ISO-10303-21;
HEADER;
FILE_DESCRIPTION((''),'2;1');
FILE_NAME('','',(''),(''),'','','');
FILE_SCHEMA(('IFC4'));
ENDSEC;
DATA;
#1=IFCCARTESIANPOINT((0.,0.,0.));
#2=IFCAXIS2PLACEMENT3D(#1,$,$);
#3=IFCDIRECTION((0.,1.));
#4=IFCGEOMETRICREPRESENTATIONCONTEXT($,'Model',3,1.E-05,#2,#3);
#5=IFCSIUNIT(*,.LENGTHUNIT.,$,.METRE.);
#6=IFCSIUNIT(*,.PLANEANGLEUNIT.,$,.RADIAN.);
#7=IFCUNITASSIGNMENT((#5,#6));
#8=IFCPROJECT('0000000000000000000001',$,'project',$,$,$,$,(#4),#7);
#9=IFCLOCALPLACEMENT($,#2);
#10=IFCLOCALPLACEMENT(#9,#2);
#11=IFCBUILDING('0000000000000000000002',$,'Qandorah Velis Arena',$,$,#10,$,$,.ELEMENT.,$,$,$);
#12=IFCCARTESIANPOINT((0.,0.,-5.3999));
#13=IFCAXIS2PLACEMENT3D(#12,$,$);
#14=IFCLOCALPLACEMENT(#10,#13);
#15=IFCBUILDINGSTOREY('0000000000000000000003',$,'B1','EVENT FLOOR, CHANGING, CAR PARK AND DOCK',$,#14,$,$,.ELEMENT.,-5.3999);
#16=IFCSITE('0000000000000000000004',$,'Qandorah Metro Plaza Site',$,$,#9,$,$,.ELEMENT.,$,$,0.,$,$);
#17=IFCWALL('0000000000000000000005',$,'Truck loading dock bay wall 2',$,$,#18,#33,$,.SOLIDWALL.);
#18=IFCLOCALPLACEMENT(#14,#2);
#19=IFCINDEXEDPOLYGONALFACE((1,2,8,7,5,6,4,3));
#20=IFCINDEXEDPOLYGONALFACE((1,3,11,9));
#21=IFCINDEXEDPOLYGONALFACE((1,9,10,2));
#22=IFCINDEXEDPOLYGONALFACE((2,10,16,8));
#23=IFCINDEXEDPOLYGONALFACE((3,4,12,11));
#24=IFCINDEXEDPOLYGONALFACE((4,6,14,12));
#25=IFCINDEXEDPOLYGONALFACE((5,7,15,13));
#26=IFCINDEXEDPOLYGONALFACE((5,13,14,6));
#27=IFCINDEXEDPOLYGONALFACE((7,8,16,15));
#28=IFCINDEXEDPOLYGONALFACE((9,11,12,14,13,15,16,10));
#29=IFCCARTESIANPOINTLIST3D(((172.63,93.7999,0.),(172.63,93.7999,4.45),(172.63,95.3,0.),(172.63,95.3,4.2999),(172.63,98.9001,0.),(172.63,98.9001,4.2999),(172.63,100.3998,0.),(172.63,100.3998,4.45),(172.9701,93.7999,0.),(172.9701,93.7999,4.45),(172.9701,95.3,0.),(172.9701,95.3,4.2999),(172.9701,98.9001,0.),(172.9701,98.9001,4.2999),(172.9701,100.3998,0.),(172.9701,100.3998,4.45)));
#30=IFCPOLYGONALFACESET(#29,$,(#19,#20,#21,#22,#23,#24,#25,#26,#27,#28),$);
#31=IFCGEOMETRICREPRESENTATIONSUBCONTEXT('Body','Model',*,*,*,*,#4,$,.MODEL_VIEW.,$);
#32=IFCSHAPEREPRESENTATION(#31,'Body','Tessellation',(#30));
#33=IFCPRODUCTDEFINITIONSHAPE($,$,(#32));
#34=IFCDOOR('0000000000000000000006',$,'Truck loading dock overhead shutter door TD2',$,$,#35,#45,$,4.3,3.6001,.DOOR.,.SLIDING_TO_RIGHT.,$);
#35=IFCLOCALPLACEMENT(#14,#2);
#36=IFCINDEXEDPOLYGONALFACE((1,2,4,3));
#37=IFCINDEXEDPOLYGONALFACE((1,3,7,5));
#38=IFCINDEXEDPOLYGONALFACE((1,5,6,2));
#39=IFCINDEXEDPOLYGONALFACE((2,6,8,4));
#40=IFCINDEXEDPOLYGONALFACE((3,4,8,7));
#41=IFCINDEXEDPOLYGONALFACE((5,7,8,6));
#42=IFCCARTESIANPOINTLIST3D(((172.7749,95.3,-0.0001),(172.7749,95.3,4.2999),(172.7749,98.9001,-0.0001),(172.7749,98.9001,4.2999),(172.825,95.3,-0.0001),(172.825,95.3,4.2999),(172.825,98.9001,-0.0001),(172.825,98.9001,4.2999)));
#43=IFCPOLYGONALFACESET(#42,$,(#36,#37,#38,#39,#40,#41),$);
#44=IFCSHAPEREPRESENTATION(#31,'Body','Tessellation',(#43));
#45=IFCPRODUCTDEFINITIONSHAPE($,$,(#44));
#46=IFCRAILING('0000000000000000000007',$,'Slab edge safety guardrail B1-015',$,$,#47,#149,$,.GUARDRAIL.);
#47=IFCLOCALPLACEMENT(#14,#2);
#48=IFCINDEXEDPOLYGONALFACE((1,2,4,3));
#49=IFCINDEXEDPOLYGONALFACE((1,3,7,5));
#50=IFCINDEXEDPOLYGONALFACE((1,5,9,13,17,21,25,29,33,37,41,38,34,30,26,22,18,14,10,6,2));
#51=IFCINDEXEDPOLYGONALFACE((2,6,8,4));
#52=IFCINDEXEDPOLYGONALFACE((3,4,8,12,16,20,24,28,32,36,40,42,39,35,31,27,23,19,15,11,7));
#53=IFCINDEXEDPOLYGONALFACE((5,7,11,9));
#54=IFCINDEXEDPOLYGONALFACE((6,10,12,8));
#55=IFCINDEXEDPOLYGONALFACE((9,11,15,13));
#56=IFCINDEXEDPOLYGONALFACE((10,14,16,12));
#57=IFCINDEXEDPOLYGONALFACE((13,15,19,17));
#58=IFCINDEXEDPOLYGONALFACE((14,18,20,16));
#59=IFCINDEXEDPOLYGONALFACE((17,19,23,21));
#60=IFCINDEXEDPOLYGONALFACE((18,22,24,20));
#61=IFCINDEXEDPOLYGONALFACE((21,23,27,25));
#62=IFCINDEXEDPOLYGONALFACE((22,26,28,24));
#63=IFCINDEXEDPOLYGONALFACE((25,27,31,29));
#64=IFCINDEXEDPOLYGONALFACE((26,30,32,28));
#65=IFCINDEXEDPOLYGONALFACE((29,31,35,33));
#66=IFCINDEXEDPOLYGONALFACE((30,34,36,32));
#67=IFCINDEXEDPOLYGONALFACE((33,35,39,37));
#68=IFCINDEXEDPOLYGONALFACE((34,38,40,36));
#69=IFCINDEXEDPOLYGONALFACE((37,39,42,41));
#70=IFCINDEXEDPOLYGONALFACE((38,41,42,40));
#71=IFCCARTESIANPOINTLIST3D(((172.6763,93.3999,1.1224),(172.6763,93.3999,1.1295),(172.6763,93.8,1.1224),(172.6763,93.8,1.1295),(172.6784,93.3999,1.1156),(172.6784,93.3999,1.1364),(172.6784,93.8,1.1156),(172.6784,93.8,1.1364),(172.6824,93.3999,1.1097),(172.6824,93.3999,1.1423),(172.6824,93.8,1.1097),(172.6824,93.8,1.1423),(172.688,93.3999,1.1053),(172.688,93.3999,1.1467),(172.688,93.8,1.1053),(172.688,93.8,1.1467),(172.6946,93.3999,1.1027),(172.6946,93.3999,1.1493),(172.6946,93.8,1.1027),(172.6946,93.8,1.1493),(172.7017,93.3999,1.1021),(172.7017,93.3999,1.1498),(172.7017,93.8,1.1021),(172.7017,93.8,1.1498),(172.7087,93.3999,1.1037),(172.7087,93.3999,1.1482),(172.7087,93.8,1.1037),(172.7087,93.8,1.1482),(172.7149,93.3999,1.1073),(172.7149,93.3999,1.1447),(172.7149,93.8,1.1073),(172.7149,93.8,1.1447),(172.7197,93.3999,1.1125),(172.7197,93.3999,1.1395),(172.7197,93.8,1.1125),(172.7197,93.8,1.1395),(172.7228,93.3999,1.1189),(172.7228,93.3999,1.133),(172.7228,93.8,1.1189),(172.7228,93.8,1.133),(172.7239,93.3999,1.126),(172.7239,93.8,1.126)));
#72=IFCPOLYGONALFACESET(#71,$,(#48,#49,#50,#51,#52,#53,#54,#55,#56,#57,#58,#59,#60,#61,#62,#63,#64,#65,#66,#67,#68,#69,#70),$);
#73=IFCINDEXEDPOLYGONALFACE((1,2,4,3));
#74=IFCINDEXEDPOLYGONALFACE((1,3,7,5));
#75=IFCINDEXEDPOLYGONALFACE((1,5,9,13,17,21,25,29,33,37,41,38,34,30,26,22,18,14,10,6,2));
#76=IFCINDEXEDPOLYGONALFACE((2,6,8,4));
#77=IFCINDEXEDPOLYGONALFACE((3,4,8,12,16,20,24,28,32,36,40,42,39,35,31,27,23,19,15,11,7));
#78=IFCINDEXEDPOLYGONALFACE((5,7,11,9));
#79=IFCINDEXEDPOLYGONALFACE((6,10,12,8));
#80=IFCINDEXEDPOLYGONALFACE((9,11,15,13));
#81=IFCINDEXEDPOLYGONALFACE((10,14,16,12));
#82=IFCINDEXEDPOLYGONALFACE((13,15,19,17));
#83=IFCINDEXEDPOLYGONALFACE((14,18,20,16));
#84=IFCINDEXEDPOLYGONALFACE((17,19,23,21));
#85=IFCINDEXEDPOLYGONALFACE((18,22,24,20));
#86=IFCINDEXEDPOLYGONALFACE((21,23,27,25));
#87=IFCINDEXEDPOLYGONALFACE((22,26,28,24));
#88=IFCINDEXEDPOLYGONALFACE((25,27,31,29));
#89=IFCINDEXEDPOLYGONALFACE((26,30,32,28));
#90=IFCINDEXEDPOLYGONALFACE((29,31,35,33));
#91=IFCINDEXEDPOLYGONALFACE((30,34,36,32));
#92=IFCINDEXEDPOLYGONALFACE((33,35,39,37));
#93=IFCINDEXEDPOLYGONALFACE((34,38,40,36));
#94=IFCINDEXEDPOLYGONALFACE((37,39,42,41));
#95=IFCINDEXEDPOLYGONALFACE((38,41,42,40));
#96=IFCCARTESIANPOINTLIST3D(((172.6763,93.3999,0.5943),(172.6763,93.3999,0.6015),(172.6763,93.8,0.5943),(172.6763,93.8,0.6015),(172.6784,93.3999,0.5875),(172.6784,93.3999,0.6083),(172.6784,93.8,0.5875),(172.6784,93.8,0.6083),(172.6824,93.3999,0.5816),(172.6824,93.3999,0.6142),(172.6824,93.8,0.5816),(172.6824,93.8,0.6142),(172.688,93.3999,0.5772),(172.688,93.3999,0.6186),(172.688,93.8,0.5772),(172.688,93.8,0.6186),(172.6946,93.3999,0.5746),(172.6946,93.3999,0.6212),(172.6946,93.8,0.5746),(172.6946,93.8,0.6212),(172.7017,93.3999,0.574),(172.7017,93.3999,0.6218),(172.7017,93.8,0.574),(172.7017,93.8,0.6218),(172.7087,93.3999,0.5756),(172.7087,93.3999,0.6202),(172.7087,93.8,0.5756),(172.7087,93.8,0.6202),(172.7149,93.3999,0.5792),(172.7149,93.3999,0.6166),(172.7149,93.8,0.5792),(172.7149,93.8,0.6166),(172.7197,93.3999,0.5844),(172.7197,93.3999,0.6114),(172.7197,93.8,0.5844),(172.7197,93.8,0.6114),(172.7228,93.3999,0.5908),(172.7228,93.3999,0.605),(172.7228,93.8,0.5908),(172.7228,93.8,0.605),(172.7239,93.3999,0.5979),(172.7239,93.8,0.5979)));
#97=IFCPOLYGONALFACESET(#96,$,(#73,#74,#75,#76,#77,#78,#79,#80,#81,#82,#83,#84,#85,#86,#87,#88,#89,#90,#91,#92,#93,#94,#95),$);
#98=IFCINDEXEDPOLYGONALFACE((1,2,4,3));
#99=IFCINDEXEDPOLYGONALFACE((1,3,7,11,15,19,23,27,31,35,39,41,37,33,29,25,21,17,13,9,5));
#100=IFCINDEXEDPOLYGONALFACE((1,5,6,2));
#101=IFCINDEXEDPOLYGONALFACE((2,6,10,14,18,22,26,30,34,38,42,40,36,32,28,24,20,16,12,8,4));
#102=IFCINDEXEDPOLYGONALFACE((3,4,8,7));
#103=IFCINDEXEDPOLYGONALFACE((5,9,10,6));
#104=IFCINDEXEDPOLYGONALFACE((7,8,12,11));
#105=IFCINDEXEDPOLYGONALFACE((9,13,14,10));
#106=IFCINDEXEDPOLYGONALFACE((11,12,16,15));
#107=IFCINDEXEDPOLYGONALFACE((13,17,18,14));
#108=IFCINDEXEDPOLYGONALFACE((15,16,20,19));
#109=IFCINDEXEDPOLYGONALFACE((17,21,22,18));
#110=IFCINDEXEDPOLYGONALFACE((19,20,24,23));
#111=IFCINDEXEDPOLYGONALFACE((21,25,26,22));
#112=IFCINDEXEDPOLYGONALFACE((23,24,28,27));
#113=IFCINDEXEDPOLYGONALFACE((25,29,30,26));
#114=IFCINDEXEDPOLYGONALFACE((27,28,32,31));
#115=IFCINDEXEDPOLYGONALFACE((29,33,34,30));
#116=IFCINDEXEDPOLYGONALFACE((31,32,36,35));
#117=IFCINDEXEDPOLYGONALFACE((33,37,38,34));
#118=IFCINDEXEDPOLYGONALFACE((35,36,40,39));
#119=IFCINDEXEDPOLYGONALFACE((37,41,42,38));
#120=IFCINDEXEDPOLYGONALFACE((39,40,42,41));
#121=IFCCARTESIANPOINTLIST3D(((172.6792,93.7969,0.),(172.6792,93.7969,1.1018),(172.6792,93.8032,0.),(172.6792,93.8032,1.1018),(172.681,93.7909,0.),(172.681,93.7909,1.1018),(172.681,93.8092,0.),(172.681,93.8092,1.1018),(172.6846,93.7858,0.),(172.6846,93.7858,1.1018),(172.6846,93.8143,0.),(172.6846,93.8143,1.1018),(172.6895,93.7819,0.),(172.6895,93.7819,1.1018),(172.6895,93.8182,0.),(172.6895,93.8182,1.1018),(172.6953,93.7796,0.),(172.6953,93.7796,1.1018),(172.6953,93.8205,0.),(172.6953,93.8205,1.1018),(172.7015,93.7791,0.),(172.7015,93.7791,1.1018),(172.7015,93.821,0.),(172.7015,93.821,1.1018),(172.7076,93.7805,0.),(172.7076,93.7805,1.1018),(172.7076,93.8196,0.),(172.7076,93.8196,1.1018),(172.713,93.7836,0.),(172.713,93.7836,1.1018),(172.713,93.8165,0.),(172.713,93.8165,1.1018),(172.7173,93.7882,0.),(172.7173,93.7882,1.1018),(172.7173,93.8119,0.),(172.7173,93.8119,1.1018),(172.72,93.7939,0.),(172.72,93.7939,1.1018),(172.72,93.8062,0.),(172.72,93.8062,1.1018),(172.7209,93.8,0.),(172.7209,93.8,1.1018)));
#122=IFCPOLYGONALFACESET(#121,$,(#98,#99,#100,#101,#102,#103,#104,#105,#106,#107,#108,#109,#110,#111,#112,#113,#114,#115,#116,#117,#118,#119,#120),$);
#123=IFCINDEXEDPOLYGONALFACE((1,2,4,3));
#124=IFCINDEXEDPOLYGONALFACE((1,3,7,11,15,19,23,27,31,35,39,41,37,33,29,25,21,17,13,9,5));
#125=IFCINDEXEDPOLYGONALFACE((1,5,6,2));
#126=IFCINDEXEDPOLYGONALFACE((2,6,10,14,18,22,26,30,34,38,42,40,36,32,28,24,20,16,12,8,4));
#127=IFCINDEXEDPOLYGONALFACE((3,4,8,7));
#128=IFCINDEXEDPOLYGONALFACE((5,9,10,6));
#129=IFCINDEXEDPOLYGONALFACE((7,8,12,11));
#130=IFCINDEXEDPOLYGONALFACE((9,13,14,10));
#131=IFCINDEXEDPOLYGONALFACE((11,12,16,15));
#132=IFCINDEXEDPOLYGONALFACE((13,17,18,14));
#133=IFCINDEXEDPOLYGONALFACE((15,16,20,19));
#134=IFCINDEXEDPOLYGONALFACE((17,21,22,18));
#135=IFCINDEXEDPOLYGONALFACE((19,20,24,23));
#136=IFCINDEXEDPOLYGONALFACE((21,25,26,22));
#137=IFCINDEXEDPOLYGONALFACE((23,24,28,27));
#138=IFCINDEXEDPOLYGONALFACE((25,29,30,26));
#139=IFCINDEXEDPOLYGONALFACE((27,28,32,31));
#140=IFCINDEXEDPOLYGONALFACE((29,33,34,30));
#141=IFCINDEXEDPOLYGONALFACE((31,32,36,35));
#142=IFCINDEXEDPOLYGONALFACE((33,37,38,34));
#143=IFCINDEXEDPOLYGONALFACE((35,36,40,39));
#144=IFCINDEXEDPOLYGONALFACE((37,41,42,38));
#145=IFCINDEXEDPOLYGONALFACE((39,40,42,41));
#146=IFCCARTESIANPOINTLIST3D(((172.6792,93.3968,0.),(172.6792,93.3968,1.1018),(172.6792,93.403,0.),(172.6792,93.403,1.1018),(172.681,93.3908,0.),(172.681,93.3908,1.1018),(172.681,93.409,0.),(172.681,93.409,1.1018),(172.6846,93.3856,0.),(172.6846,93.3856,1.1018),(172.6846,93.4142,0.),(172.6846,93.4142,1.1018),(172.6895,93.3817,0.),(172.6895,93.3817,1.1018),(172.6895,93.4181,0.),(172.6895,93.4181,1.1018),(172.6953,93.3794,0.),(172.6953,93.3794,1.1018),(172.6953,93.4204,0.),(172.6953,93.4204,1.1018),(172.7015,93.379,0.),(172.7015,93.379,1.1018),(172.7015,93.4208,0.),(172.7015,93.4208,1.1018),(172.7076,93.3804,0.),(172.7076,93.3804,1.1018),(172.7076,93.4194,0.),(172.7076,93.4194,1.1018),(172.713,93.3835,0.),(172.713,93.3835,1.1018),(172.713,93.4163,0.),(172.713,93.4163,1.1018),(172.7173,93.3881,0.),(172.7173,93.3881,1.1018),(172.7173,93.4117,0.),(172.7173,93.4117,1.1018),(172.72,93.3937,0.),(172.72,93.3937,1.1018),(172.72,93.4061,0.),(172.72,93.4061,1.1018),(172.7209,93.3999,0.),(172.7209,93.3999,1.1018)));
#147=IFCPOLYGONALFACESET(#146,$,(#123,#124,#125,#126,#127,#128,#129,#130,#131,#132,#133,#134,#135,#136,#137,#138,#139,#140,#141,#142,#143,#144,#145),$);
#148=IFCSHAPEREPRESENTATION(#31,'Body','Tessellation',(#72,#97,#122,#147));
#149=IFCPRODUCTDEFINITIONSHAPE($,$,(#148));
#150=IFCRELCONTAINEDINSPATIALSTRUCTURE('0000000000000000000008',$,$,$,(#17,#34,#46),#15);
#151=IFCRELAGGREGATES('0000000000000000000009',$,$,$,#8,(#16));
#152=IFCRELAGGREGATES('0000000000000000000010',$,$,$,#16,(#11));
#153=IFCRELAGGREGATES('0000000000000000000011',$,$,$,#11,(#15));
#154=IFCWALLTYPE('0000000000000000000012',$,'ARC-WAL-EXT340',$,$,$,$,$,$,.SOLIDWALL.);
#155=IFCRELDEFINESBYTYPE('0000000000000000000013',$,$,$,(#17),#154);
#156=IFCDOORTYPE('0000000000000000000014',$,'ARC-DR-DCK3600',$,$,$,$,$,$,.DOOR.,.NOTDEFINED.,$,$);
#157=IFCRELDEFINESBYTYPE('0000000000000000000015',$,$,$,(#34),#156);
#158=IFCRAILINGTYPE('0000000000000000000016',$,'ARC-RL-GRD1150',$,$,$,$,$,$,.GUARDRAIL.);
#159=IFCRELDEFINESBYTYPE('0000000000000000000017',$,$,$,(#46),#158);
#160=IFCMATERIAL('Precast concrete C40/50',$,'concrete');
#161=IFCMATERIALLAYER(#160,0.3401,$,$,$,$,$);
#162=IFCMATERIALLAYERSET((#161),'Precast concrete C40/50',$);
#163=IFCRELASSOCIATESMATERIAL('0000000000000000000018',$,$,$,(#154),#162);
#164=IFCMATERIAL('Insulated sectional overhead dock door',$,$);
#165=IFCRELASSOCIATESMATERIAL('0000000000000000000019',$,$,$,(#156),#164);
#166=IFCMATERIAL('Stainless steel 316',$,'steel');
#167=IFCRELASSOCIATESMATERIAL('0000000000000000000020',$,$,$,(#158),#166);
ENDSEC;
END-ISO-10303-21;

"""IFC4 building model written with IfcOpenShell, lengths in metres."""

from ifc_helpers import new_model, si_unit, direction, frame, frame_2d, origin, origin_2d, place, context, subcontext, project, spatial, rectangle, circle, extrude, material, layer, layer_set, type_object, element, fill, save


model = new_model("IFC4")

# Units and contexts
model_context = context("Model", 3, precision=1e-05, world=origin(), true_north=direction((0.0, 1.0)))
body_context = subcontext(model_context, "Body", "Model", "MODEL_VIEW")
ifc_project = project(units=[si_unit("LENGTHUNIT", "METRE"), si_unit("PLANEANGLEUNIT", "RADIAN")], contexts=[model_context])

# Site, building, storey
site_placement = place(None, origin())
site = spatial("IfcSite", under=ifc_project, at=site_placement, Name="Qandorah Metro Plaza Site", CompositionType="ELEMENT", RefElevation=0.0)
building_placement = place(site_placement, origin())
building = spatial("IfcBuilding", under=site, at=building_placement, Name="Qandorah Velis Arena", CompositionType="ELEMENT")
storey_placement = place(building_placement, frame((0.0, 0.0, -5.3999)))
storey = spatial("IfcBuildingStorey", under=building, at=storey_placement, Name="B1", Description="EVENT FLOOR, CHANGING, CAR PARK AND DOCK", CompositionType="ELEMENT", Elevation=-5.3999)

# Wall, opening, door
ifc_material_1 = material(Name="Precast concrete C40/50", Category="concrete")
ifc_layer = layer(ifc_material_1, 0.3401)
ifc_layer_set = layer_set([ifc_layer], Name="Precast concrete C40/50")
wall_type = type_object("IfcWallType", Name="ARC-WAL-EXT340", PredefinedType="SOLIDWALL", material=ifc_layer_set)
ifc_material_2 = material(Name="Insulated sectional overhead dock door")
door_type = type_object("IfcDoorType", Name="ARC-DR-DCK3600", OperationType="NOTDEFINED", PredefinedType="DOOR", material=ifc_material_2)
wall_1_placement = place(storey_placement, frame((172.8, 93.8, 0.0), z_axis=(0.0, 0.0, 1.0), x_axis=(0.0, 1.0, 0.0)))
wall_1 = element("IfcWall", 1, at=wall_1_placement, inside=storey, type_object=wall_type, Name="Truck loading dock bay wall 2", PredefinedType="SOLIDWALL", context=body_context, shape_type="SweptSolid", body=[
    extrude(rectangle(XDim=6.5999, YDim=0.3401, at=frame_2d((3.2998, 0.0))), origin(), (0.0, 0.0, 1.0), 4.45),
])
opening_1_placement = place(wall_1_placement, frame((1.5, 0.0, 0.0)))
opening_1 = element("IfcOpeningElement", 2, at=opening_1_placement, cuts=wall_1, PredefinedType="OPENING", context=body_context, shape_type="SweptSolid", body=[
    extrude(rectangle(XDim=3.6001, YDim=4.3, at=frame_2d((1.8, 2.1499))), frame((0.0, 0.1802, 0.0), z_axis=(0.0, -1.0, 0.0), x_axis=(1.0, 0.0, 0.0)), (0.0, 0.0, 1.0), 0.3601),
])
door_1_placement = place(opening_1_placement, frame((3.6001, 0.0, 0.0), z_axis=(0.0, 0.0, 1.0), x_axis=(-1.0, 0.0, 0.0)))
door_1 = element("IfcDoor", 3, at=door_1_placement, inside=storey, type_object=door_type, Name="Truck loading dock overhead shutter door TD2", OperationType="SLIDING_TO_RIGHT", OverallHeight=4.3, OverallWidth=3.6001, PredefinedType="DOOR", context=body_context, shape_type="SweptSolid", body=[
    extrude(rectangle(XDim=3.6001, YDim=4.3, at=frame_2d((1.8, 2.1499))), frame((0.0, 0.0249, 0.0), z_axis=(0.0, -1.0, 0.0), x_axis=(1.0, 0.0, 0.0)), (0.0, 0.0, 1.0), 0.05),
])
fill(opening_1, door_1)

# Railing
ifc_material_3 = material(Name="Stainless steel 316", Category="steel")
railing_type = type_object("IfcRailingType", Name="ARC-RL-GRD1150", PredefinedType="GUARDRAIL", material=ifc_material_3)
for number, where, name in (
    (4, (172.7, 93.8, 0.0), "Slab edge safety guardrail B1-015"),
):
    element("IfcRailing", number, at=place(storey_placement, frame(where)), inside=storey, type_object=railing_type, Name=name, PredefinedType="GUARDRAIL", context=body_context, shape_type="SweptSolid", body=[
        extrude(circle(Radius=0.0239, at=origin_2d()), frame((0.0, 0.0, 1.126), z_axis=(0.0, -1.0, 0.0), x_axis=(1.0, 0.0, 0.0)), (0.0, 0.0, 1.0), 0.4001),
        extrude(circle(Radius=0.0239, at=origin_2d()), frame((0.0, 0.0, 0.5979), z_axis=(0.0, -1.0, 0.0), x_axis=(1.0, 0.0, 0.0)), (0.0, 0.0, 1.0), 0.4001),
        extrude(circle(Radius=0.021, at=origin_2d()), origin(), (0.0, 0.0, 1.0), 1.1018),
        extrude(circle(Radius=0.021, at=origin_2d()), frame((0.0, -0.4001, 0.0)), (0.0, 0.0, 1.0), 1.1018),
    ])

save(model, "model.ifc")
